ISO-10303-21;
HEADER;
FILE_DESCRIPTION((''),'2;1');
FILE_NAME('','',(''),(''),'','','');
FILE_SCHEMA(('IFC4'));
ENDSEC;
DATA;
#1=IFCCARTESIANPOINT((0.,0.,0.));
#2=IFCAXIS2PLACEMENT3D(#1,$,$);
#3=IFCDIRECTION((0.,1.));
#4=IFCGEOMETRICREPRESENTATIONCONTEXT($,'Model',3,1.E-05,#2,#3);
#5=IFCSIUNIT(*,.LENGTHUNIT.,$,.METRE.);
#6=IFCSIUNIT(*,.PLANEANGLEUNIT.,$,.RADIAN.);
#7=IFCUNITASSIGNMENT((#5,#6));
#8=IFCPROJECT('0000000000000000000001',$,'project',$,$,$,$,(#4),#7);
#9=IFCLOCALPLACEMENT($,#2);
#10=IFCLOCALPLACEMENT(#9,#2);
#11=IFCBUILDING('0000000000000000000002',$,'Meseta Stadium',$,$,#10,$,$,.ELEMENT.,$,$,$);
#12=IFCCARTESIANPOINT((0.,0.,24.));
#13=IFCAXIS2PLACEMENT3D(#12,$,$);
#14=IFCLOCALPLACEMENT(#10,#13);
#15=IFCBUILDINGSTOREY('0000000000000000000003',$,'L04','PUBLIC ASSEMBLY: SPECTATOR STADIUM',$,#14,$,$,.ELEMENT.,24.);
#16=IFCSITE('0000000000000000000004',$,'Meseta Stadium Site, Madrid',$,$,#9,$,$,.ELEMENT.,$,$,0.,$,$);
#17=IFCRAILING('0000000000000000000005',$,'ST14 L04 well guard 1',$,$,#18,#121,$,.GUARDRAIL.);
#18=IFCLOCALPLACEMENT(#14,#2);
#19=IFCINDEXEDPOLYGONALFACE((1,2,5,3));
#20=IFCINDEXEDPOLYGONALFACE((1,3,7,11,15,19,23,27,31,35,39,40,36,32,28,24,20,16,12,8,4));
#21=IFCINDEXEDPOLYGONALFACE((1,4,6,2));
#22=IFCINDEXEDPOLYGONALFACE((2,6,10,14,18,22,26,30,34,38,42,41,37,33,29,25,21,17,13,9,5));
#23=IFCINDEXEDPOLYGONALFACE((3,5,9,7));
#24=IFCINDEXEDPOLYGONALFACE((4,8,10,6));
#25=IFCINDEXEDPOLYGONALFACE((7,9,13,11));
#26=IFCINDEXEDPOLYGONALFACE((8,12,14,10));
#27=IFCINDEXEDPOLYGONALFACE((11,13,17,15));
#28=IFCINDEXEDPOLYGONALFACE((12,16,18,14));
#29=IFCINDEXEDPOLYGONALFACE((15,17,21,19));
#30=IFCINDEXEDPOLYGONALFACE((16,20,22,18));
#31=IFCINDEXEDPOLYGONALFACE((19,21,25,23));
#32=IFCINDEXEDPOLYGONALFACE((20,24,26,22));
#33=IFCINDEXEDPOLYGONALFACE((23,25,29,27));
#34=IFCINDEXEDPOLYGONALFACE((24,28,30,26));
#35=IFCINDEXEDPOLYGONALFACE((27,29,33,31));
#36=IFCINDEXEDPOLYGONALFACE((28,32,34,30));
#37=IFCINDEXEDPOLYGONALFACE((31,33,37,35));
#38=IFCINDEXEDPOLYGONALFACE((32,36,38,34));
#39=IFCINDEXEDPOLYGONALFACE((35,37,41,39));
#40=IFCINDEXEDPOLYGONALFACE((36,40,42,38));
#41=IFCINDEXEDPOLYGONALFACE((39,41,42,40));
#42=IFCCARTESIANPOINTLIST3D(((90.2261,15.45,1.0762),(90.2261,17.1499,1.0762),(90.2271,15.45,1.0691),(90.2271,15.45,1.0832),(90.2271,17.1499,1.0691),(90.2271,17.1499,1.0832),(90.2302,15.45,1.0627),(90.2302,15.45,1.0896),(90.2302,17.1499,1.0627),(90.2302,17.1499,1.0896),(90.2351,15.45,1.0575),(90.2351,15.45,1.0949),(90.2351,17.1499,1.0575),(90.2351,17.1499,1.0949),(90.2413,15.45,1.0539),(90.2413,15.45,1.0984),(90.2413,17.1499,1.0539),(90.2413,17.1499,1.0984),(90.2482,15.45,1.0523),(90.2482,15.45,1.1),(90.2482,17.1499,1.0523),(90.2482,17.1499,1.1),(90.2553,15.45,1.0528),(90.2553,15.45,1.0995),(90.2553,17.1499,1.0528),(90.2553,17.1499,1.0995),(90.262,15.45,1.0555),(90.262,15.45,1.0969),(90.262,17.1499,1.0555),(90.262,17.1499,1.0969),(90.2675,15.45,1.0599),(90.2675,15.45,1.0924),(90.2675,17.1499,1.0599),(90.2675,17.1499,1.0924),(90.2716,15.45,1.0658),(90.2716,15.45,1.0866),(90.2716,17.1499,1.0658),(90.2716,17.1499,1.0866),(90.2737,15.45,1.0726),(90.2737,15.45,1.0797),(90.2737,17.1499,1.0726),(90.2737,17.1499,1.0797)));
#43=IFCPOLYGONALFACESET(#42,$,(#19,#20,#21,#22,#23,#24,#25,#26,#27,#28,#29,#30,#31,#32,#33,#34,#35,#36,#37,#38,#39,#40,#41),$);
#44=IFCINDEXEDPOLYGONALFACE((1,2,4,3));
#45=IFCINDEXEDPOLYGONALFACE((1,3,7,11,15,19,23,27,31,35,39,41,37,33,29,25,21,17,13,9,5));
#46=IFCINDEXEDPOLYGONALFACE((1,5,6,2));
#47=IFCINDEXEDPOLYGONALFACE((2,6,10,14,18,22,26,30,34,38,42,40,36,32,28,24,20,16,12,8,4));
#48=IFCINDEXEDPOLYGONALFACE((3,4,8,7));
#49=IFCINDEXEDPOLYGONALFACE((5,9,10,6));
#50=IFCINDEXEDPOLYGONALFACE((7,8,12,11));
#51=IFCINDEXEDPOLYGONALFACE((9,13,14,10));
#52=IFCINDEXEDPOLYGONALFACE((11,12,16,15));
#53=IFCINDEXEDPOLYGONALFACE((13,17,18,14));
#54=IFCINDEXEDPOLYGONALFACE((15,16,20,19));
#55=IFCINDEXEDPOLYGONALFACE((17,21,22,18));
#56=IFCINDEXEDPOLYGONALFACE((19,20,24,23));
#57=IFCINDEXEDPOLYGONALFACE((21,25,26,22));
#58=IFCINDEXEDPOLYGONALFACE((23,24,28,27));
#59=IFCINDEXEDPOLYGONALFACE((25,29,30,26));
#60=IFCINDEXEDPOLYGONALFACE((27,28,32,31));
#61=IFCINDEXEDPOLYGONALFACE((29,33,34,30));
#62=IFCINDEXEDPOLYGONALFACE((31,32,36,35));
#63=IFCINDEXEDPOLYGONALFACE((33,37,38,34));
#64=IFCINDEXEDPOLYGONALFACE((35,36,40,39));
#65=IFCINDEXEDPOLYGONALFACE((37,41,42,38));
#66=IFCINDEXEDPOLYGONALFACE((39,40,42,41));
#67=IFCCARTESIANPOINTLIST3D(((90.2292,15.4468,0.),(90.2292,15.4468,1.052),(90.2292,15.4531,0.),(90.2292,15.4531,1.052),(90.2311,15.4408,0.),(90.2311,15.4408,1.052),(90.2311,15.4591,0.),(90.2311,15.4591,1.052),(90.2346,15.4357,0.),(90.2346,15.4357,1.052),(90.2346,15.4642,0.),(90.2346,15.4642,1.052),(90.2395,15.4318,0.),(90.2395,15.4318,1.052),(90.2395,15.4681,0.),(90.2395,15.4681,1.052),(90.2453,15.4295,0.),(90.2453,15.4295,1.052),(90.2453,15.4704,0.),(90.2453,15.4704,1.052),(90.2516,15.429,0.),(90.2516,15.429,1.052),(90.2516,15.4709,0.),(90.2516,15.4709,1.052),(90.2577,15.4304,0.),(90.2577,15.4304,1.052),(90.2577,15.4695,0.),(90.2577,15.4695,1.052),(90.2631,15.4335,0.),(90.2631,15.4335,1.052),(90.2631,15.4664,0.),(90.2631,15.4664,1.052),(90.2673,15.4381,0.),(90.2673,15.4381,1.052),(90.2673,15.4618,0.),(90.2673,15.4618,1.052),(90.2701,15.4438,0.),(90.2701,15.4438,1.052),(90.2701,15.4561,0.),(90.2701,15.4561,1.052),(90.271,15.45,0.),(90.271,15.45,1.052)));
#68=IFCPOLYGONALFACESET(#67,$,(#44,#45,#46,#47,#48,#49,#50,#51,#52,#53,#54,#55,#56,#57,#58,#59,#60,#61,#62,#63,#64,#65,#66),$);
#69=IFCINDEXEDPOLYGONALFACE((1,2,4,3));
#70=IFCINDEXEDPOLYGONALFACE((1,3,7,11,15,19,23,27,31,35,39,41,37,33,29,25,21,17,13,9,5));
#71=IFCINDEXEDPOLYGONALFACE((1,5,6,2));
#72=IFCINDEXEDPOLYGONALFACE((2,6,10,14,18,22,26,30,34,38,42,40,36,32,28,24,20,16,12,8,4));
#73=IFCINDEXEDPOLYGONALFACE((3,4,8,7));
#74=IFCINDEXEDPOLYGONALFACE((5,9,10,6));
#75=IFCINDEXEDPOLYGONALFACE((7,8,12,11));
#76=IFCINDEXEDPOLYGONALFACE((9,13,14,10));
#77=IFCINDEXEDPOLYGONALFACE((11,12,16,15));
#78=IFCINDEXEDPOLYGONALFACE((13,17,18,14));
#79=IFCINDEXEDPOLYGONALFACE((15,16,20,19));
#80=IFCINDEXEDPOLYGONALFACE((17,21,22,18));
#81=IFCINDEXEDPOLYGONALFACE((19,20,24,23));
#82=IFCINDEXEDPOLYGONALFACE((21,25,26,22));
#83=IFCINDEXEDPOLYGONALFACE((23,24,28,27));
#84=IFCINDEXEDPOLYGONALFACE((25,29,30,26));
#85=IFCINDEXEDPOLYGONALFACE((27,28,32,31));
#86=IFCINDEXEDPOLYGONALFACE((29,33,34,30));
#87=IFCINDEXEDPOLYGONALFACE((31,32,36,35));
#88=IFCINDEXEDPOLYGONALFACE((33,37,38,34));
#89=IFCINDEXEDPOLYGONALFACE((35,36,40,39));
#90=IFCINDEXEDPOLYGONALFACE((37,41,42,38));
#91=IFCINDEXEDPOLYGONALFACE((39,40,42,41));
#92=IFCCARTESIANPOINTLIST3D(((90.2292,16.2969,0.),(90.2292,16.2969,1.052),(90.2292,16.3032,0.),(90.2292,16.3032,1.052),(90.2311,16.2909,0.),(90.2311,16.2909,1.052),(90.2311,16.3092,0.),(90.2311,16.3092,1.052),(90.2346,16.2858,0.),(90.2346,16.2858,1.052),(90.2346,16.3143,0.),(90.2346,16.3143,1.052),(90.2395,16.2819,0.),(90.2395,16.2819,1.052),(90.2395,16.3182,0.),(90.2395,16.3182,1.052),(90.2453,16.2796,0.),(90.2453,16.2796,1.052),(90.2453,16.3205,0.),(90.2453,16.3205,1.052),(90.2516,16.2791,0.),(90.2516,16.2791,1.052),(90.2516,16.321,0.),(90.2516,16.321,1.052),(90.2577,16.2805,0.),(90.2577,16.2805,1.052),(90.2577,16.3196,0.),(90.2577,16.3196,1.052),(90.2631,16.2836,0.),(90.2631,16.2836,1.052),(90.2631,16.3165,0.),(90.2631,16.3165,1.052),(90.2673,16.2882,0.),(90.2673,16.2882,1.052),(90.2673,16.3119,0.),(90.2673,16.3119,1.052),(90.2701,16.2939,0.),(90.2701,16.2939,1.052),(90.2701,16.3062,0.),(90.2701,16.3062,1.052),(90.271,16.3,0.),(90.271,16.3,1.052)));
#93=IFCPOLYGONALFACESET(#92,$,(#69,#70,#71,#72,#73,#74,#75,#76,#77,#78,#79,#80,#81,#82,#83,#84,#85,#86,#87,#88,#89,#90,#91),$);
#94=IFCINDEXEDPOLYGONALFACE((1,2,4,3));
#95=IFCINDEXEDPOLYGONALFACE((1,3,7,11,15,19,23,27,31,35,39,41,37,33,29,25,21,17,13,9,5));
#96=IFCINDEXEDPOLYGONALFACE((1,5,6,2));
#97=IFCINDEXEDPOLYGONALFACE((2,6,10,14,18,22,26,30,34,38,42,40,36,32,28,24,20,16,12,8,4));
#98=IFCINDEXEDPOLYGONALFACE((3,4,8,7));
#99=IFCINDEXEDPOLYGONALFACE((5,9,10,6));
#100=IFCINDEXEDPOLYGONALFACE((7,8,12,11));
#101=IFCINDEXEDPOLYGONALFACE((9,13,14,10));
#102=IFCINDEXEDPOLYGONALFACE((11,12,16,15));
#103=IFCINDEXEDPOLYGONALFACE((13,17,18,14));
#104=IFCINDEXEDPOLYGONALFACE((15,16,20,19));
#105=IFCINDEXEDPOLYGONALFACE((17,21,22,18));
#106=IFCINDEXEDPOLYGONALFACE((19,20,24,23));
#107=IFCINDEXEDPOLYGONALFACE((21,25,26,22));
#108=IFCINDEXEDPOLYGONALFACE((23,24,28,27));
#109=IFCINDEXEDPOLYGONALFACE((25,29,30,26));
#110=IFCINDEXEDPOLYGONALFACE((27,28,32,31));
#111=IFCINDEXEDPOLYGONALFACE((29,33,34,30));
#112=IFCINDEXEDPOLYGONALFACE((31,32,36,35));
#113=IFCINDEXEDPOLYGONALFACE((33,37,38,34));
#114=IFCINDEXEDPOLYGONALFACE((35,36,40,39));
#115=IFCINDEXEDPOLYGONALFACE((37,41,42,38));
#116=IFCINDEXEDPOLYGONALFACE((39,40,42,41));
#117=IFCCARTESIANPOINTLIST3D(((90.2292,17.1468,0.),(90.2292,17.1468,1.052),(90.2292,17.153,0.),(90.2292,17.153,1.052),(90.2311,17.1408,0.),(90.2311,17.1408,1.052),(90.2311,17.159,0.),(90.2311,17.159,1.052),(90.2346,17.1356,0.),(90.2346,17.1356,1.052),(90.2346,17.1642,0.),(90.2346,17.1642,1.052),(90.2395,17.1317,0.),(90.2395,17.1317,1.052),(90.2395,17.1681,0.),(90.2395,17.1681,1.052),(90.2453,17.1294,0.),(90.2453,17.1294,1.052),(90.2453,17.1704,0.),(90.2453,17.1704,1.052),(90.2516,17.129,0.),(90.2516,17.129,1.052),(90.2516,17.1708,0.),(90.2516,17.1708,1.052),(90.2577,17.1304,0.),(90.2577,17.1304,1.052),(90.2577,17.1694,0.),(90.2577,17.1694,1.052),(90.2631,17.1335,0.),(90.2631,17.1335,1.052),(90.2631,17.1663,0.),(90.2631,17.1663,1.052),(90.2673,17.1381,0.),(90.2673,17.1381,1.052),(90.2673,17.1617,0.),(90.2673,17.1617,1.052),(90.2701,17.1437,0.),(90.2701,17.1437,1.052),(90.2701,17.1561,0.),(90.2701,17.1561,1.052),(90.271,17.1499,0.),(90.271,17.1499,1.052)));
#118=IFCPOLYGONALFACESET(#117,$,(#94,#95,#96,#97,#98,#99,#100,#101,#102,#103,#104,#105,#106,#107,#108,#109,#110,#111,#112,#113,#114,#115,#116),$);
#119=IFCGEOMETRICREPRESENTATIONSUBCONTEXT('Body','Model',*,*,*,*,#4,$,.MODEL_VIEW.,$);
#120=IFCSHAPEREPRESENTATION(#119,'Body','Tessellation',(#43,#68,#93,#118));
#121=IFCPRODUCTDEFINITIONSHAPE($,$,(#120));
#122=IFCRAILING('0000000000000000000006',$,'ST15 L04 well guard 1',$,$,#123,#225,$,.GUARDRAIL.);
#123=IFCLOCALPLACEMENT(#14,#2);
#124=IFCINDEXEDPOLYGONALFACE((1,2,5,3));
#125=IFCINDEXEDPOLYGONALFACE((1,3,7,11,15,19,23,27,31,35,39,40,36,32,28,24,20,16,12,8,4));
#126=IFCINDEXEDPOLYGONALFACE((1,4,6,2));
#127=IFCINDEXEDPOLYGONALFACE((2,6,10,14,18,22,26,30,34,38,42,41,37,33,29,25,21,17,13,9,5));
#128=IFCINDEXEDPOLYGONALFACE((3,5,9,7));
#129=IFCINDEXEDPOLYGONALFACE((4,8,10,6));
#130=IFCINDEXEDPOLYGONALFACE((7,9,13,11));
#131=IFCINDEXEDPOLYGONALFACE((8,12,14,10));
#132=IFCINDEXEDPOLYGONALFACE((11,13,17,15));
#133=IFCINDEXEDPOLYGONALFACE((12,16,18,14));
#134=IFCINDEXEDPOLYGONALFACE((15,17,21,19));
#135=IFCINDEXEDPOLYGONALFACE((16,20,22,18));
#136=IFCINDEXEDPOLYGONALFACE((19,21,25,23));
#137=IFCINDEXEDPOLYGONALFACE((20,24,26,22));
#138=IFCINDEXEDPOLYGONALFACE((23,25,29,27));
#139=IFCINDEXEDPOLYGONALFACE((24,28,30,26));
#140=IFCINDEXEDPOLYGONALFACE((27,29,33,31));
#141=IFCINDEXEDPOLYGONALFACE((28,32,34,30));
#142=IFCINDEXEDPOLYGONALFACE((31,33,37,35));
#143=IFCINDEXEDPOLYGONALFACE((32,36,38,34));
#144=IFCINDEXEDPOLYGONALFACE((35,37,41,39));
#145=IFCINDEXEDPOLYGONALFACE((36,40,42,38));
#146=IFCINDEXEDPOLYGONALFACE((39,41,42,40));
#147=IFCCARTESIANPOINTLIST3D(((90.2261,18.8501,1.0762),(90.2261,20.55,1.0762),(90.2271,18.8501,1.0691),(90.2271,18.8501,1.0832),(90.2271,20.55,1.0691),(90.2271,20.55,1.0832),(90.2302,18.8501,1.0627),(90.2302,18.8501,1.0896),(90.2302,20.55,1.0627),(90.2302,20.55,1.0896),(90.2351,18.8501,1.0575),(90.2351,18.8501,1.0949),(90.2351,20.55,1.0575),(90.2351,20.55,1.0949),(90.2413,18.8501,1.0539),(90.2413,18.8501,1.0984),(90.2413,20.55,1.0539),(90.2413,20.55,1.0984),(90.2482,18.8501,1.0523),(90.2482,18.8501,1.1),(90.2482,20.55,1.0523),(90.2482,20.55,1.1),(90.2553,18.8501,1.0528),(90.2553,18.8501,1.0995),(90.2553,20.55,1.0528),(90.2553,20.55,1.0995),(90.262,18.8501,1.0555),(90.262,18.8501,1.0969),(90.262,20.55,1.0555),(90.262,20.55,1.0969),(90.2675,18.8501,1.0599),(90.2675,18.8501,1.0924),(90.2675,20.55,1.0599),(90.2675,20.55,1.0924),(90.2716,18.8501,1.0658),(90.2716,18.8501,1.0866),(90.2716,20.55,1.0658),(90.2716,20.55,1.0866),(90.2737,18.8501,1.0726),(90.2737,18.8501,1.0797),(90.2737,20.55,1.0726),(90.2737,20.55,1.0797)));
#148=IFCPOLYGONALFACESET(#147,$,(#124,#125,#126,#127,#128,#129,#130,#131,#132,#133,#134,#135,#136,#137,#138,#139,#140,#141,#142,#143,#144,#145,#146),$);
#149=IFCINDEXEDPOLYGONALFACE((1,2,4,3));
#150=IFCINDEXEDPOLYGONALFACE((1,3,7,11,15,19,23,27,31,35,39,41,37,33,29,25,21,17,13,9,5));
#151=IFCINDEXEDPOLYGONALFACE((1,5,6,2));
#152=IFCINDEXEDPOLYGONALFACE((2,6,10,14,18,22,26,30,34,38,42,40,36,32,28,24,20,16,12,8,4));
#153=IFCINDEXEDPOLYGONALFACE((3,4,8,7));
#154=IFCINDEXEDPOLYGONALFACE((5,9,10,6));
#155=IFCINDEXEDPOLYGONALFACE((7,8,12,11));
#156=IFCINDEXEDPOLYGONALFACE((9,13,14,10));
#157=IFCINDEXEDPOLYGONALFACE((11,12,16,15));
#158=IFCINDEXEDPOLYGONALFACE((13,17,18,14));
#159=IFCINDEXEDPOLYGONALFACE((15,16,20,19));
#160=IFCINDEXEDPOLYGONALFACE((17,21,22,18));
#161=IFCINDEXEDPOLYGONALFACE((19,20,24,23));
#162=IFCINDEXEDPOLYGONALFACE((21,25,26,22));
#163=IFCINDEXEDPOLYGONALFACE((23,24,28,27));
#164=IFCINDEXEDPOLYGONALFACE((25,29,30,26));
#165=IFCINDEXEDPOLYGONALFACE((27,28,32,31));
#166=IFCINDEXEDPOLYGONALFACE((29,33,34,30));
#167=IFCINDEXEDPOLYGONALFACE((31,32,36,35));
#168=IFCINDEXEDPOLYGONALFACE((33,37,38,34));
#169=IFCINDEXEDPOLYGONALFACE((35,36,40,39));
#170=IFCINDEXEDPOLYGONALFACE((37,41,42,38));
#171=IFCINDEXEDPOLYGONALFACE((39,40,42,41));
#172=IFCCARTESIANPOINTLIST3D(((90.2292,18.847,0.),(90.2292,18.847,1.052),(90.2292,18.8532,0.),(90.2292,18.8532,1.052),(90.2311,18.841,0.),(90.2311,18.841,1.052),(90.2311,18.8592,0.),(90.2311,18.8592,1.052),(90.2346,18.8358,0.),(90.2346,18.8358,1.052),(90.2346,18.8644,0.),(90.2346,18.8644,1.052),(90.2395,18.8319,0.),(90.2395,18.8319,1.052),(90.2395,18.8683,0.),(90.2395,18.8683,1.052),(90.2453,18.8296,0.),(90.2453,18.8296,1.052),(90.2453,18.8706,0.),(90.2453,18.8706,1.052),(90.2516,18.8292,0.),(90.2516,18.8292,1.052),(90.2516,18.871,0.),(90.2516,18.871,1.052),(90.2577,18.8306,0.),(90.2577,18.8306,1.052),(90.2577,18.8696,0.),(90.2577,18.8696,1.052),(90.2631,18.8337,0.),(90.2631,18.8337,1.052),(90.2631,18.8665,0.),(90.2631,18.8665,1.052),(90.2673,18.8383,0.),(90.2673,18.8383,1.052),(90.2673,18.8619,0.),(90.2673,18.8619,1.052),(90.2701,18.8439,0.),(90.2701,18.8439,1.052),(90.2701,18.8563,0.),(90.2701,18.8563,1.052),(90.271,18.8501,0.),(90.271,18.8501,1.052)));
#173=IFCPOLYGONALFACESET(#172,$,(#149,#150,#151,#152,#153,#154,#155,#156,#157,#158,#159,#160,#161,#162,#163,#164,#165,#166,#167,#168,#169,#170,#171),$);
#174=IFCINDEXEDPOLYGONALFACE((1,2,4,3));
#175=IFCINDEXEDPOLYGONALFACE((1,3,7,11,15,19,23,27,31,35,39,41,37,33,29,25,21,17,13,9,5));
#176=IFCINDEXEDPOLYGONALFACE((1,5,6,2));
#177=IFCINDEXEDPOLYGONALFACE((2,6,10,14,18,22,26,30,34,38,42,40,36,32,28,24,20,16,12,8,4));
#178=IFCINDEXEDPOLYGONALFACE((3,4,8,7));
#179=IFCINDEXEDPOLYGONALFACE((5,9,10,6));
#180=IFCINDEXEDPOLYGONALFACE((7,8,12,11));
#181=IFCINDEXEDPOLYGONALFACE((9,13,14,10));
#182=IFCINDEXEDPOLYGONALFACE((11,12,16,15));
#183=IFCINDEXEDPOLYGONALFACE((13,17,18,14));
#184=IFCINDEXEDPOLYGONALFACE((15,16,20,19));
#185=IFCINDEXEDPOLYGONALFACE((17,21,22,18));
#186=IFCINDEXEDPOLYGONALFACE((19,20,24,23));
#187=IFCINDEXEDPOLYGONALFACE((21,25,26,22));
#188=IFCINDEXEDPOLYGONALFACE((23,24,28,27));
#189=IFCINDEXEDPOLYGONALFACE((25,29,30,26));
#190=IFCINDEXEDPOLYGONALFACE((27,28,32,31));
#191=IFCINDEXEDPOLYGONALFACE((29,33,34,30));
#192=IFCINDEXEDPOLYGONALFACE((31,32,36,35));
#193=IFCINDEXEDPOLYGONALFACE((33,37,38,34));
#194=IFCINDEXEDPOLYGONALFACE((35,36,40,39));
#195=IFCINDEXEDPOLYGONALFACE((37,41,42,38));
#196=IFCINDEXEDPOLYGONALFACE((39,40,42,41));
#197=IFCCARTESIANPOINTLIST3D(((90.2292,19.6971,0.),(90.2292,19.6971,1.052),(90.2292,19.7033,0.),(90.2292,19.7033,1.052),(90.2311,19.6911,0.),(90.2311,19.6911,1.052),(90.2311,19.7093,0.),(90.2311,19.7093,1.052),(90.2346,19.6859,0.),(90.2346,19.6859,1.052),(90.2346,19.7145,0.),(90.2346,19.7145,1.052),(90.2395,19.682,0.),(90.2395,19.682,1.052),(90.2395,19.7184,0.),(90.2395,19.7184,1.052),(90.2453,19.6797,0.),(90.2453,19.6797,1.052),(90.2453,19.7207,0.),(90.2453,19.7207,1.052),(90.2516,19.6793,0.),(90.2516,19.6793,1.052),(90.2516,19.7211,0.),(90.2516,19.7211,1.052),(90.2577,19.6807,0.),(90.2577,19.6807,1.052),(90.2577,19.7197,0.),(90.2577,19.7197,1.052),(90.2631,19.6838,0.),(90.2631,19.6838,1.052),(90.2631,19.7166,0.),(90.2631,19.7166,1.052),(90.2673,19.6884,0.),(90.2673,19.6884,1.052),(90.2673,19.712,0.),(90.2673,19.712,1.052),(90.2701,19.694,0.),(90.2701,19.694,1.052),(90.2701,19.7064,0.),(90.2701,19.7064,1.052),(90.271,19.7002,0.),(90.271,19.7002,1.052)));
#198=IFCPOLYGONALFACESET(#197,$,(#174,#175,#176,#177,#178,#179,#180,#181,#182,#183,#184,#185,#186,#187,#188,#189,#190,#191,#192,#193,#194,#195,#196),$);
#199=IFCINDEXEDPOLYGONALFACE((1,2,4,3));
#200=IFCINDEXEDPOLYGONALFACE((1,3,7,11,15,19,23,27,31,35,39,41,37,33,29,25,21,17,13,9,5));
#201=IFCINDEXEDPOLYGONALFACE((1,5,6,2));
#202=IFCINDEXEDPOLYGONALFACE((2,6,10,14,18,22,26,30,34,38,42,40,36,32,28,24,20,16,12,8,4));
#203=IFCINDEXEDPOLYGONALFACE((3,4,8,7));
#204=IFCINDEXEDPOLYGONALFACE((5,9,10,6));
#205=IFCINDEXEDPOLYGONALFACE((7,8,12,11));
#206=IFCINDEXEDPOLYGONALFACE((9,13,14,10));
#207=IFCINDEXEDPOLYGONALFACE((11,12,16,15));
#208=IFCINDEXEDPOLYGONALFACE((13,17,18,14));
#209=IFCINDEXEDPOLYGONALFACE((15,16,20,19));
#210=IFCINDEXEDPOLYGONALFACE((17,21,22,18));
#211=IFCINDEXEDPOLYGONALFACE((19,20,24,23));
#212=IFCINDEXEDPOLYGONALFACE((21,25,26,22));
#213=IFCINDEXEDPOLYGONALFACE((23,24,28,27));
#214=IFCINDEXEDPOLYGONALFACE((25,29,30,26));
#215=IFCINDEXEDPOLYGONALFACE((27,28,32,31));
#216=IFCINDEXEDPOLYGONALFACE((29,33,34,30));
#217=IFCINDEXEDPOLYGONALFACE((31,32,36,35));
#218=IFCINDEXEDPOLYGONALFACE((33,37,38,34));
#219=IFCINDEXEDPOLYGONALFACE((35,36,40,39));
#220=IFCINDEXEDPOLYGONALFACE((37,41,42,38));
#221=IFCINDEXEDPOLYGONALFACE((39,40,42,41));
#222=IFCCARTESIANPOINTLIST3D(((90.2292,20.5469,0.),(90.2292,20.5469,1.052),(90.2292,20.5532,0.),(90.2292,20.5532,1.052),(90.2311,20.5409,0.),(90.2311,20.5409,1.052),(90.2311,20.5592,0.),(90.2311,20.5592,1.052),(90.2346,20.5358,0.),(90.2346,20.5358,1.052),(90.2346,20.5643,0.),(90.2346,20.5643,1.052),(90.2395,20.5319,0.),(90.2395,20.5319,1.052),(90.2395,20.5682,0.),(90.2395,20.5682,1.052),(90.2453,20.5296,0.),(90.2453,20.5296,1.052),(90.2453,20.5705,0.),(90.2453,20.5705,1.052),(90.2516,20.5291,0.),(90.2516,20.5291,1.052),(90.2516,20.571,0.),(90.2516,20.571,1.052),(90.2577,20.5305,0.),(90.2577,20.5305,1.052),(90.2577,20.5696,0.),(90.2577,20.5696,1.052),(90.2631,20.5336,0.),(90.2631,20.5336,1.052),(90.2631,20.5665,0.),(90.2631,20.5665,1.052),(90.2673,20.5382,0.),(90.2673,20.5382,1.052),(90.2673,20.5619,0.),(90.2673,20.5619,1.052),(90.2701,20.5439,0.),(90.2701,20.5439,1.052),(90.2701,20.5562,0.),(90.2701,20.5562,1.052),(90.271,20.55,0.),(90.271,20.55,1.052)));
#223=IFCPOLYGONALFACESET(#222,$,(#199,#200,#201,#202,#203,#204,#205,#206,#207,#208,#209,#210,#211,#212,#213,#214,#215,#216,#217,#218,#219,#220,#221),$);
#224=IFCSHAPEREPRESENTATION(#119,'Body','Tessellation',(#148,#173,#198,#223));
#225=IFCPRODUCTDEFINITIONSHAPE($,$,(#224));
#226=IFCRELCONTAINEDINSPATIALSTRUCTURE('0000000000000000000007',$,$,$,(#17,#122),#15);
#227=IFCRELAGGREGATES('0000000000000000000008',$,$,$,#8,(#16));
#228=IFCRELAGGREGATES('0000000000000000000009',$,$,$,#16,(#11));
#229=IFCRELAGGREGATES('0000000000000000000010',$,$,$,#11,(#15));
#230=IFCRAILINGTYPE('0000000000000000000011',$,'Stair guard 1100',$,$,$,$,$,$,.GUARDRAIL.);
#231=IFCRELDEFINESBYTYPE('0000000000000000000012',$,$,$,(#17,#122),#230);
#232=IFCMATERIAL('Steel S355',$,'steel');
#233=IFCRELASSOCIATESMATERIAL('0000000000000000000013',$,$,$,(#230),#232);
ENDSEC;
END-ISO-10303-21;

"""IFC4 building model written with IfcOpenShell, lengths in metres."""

from ifc_helpers import new_model, si_unit, direction, frame, origin, origin_2d, place, context, subcontext, project, spatial, circle, extrude, material, type_object, element, save


model = new_model("IFC4")

# Units and contexts
model_context = context("Model", 3, precision=1e-05, world=origin(), true_north=direction((0.0, 1.0)))
body_context = subcontext(model_context, "Body", "Model", "MODEL_VIEW")
ifc_project = project(units=[si_unit("LENGTHUNIT", "METRE"), si_unit("PLANEANGLEUNIT", "RADIAN")], contexts=[model_context])

# Site, building, storey
site_placement = place(None, origin())
site = spatial("IfcSite", under=ifc_project, at=site_placement, Name="Meseta Stadium Site, Madrid", CompositionType="ELEMENT", RefElevation=0.0)
building_placement = place(site_placement, origin())
building = spatial("IfcBuilding", under=site, at=building_placement, Name="Meseta Stadium", CompositionType="ELEMENT")
storey_placement = place(building_placement, frame((0.0, 0.0, 24.0)))
storey = spatial("IfcBuildingStorey", under=building, at=storey_placement, Name="L04", Description="PUBLIC ASSEMBLY: SPECTATOR STADIUM", CompositionType="ELEMENT", Elevation=24.0)

# Railings
ifc_material_1 = material(Name="Steel S355", Category="steel")
railing_type = type_object("IfcRailingType", Name="Stair guard 1100", PredefinedType="GUARDRAIL", material=ifc_material_1)
for number, where, name in (
    (1, (90.25, 15.45, 0.0), "ST14 L04 well guard 1"),
    (2, (90.25, 18.8501, 0.0), "ST15 L04 well guard 1"),
):
    element("IfcRailing", number, at=place(storey_placement, frame(where)), inside=storey, type_object=railing_type, Name=name, PredefinedType="GUARDRAIL", context=body_context, shape_type="SweptSolid", body=[
        extrude(circle(Radius=0.0239, at=origin_2d()), frame((0.0, 0.0, 1.0762), z_axis=(0.0, 1.0, 0.0), x_axis=(-1.0, 0.0, 0.0)), (0.0, 0.0, 1.0), 1.7),
        extrude(circle(Radius=0.021, at=origin_2d()), origin(), (0.0, 0.0, 1.0), 1.052),
        extrude(circle(Radius=0.021, at=origin_2d()), frame((0.0, 0.8501, 0.0)), (0.0, 0.0, 1.0), 1.052),
        extrude(circle(Radius=0.021, at=origin_2d()), frame((0.0, 1.7, 0.0)), (0.0, 0.0, 1.0), 1.052),
    ])

save(model, "model.ifc")
